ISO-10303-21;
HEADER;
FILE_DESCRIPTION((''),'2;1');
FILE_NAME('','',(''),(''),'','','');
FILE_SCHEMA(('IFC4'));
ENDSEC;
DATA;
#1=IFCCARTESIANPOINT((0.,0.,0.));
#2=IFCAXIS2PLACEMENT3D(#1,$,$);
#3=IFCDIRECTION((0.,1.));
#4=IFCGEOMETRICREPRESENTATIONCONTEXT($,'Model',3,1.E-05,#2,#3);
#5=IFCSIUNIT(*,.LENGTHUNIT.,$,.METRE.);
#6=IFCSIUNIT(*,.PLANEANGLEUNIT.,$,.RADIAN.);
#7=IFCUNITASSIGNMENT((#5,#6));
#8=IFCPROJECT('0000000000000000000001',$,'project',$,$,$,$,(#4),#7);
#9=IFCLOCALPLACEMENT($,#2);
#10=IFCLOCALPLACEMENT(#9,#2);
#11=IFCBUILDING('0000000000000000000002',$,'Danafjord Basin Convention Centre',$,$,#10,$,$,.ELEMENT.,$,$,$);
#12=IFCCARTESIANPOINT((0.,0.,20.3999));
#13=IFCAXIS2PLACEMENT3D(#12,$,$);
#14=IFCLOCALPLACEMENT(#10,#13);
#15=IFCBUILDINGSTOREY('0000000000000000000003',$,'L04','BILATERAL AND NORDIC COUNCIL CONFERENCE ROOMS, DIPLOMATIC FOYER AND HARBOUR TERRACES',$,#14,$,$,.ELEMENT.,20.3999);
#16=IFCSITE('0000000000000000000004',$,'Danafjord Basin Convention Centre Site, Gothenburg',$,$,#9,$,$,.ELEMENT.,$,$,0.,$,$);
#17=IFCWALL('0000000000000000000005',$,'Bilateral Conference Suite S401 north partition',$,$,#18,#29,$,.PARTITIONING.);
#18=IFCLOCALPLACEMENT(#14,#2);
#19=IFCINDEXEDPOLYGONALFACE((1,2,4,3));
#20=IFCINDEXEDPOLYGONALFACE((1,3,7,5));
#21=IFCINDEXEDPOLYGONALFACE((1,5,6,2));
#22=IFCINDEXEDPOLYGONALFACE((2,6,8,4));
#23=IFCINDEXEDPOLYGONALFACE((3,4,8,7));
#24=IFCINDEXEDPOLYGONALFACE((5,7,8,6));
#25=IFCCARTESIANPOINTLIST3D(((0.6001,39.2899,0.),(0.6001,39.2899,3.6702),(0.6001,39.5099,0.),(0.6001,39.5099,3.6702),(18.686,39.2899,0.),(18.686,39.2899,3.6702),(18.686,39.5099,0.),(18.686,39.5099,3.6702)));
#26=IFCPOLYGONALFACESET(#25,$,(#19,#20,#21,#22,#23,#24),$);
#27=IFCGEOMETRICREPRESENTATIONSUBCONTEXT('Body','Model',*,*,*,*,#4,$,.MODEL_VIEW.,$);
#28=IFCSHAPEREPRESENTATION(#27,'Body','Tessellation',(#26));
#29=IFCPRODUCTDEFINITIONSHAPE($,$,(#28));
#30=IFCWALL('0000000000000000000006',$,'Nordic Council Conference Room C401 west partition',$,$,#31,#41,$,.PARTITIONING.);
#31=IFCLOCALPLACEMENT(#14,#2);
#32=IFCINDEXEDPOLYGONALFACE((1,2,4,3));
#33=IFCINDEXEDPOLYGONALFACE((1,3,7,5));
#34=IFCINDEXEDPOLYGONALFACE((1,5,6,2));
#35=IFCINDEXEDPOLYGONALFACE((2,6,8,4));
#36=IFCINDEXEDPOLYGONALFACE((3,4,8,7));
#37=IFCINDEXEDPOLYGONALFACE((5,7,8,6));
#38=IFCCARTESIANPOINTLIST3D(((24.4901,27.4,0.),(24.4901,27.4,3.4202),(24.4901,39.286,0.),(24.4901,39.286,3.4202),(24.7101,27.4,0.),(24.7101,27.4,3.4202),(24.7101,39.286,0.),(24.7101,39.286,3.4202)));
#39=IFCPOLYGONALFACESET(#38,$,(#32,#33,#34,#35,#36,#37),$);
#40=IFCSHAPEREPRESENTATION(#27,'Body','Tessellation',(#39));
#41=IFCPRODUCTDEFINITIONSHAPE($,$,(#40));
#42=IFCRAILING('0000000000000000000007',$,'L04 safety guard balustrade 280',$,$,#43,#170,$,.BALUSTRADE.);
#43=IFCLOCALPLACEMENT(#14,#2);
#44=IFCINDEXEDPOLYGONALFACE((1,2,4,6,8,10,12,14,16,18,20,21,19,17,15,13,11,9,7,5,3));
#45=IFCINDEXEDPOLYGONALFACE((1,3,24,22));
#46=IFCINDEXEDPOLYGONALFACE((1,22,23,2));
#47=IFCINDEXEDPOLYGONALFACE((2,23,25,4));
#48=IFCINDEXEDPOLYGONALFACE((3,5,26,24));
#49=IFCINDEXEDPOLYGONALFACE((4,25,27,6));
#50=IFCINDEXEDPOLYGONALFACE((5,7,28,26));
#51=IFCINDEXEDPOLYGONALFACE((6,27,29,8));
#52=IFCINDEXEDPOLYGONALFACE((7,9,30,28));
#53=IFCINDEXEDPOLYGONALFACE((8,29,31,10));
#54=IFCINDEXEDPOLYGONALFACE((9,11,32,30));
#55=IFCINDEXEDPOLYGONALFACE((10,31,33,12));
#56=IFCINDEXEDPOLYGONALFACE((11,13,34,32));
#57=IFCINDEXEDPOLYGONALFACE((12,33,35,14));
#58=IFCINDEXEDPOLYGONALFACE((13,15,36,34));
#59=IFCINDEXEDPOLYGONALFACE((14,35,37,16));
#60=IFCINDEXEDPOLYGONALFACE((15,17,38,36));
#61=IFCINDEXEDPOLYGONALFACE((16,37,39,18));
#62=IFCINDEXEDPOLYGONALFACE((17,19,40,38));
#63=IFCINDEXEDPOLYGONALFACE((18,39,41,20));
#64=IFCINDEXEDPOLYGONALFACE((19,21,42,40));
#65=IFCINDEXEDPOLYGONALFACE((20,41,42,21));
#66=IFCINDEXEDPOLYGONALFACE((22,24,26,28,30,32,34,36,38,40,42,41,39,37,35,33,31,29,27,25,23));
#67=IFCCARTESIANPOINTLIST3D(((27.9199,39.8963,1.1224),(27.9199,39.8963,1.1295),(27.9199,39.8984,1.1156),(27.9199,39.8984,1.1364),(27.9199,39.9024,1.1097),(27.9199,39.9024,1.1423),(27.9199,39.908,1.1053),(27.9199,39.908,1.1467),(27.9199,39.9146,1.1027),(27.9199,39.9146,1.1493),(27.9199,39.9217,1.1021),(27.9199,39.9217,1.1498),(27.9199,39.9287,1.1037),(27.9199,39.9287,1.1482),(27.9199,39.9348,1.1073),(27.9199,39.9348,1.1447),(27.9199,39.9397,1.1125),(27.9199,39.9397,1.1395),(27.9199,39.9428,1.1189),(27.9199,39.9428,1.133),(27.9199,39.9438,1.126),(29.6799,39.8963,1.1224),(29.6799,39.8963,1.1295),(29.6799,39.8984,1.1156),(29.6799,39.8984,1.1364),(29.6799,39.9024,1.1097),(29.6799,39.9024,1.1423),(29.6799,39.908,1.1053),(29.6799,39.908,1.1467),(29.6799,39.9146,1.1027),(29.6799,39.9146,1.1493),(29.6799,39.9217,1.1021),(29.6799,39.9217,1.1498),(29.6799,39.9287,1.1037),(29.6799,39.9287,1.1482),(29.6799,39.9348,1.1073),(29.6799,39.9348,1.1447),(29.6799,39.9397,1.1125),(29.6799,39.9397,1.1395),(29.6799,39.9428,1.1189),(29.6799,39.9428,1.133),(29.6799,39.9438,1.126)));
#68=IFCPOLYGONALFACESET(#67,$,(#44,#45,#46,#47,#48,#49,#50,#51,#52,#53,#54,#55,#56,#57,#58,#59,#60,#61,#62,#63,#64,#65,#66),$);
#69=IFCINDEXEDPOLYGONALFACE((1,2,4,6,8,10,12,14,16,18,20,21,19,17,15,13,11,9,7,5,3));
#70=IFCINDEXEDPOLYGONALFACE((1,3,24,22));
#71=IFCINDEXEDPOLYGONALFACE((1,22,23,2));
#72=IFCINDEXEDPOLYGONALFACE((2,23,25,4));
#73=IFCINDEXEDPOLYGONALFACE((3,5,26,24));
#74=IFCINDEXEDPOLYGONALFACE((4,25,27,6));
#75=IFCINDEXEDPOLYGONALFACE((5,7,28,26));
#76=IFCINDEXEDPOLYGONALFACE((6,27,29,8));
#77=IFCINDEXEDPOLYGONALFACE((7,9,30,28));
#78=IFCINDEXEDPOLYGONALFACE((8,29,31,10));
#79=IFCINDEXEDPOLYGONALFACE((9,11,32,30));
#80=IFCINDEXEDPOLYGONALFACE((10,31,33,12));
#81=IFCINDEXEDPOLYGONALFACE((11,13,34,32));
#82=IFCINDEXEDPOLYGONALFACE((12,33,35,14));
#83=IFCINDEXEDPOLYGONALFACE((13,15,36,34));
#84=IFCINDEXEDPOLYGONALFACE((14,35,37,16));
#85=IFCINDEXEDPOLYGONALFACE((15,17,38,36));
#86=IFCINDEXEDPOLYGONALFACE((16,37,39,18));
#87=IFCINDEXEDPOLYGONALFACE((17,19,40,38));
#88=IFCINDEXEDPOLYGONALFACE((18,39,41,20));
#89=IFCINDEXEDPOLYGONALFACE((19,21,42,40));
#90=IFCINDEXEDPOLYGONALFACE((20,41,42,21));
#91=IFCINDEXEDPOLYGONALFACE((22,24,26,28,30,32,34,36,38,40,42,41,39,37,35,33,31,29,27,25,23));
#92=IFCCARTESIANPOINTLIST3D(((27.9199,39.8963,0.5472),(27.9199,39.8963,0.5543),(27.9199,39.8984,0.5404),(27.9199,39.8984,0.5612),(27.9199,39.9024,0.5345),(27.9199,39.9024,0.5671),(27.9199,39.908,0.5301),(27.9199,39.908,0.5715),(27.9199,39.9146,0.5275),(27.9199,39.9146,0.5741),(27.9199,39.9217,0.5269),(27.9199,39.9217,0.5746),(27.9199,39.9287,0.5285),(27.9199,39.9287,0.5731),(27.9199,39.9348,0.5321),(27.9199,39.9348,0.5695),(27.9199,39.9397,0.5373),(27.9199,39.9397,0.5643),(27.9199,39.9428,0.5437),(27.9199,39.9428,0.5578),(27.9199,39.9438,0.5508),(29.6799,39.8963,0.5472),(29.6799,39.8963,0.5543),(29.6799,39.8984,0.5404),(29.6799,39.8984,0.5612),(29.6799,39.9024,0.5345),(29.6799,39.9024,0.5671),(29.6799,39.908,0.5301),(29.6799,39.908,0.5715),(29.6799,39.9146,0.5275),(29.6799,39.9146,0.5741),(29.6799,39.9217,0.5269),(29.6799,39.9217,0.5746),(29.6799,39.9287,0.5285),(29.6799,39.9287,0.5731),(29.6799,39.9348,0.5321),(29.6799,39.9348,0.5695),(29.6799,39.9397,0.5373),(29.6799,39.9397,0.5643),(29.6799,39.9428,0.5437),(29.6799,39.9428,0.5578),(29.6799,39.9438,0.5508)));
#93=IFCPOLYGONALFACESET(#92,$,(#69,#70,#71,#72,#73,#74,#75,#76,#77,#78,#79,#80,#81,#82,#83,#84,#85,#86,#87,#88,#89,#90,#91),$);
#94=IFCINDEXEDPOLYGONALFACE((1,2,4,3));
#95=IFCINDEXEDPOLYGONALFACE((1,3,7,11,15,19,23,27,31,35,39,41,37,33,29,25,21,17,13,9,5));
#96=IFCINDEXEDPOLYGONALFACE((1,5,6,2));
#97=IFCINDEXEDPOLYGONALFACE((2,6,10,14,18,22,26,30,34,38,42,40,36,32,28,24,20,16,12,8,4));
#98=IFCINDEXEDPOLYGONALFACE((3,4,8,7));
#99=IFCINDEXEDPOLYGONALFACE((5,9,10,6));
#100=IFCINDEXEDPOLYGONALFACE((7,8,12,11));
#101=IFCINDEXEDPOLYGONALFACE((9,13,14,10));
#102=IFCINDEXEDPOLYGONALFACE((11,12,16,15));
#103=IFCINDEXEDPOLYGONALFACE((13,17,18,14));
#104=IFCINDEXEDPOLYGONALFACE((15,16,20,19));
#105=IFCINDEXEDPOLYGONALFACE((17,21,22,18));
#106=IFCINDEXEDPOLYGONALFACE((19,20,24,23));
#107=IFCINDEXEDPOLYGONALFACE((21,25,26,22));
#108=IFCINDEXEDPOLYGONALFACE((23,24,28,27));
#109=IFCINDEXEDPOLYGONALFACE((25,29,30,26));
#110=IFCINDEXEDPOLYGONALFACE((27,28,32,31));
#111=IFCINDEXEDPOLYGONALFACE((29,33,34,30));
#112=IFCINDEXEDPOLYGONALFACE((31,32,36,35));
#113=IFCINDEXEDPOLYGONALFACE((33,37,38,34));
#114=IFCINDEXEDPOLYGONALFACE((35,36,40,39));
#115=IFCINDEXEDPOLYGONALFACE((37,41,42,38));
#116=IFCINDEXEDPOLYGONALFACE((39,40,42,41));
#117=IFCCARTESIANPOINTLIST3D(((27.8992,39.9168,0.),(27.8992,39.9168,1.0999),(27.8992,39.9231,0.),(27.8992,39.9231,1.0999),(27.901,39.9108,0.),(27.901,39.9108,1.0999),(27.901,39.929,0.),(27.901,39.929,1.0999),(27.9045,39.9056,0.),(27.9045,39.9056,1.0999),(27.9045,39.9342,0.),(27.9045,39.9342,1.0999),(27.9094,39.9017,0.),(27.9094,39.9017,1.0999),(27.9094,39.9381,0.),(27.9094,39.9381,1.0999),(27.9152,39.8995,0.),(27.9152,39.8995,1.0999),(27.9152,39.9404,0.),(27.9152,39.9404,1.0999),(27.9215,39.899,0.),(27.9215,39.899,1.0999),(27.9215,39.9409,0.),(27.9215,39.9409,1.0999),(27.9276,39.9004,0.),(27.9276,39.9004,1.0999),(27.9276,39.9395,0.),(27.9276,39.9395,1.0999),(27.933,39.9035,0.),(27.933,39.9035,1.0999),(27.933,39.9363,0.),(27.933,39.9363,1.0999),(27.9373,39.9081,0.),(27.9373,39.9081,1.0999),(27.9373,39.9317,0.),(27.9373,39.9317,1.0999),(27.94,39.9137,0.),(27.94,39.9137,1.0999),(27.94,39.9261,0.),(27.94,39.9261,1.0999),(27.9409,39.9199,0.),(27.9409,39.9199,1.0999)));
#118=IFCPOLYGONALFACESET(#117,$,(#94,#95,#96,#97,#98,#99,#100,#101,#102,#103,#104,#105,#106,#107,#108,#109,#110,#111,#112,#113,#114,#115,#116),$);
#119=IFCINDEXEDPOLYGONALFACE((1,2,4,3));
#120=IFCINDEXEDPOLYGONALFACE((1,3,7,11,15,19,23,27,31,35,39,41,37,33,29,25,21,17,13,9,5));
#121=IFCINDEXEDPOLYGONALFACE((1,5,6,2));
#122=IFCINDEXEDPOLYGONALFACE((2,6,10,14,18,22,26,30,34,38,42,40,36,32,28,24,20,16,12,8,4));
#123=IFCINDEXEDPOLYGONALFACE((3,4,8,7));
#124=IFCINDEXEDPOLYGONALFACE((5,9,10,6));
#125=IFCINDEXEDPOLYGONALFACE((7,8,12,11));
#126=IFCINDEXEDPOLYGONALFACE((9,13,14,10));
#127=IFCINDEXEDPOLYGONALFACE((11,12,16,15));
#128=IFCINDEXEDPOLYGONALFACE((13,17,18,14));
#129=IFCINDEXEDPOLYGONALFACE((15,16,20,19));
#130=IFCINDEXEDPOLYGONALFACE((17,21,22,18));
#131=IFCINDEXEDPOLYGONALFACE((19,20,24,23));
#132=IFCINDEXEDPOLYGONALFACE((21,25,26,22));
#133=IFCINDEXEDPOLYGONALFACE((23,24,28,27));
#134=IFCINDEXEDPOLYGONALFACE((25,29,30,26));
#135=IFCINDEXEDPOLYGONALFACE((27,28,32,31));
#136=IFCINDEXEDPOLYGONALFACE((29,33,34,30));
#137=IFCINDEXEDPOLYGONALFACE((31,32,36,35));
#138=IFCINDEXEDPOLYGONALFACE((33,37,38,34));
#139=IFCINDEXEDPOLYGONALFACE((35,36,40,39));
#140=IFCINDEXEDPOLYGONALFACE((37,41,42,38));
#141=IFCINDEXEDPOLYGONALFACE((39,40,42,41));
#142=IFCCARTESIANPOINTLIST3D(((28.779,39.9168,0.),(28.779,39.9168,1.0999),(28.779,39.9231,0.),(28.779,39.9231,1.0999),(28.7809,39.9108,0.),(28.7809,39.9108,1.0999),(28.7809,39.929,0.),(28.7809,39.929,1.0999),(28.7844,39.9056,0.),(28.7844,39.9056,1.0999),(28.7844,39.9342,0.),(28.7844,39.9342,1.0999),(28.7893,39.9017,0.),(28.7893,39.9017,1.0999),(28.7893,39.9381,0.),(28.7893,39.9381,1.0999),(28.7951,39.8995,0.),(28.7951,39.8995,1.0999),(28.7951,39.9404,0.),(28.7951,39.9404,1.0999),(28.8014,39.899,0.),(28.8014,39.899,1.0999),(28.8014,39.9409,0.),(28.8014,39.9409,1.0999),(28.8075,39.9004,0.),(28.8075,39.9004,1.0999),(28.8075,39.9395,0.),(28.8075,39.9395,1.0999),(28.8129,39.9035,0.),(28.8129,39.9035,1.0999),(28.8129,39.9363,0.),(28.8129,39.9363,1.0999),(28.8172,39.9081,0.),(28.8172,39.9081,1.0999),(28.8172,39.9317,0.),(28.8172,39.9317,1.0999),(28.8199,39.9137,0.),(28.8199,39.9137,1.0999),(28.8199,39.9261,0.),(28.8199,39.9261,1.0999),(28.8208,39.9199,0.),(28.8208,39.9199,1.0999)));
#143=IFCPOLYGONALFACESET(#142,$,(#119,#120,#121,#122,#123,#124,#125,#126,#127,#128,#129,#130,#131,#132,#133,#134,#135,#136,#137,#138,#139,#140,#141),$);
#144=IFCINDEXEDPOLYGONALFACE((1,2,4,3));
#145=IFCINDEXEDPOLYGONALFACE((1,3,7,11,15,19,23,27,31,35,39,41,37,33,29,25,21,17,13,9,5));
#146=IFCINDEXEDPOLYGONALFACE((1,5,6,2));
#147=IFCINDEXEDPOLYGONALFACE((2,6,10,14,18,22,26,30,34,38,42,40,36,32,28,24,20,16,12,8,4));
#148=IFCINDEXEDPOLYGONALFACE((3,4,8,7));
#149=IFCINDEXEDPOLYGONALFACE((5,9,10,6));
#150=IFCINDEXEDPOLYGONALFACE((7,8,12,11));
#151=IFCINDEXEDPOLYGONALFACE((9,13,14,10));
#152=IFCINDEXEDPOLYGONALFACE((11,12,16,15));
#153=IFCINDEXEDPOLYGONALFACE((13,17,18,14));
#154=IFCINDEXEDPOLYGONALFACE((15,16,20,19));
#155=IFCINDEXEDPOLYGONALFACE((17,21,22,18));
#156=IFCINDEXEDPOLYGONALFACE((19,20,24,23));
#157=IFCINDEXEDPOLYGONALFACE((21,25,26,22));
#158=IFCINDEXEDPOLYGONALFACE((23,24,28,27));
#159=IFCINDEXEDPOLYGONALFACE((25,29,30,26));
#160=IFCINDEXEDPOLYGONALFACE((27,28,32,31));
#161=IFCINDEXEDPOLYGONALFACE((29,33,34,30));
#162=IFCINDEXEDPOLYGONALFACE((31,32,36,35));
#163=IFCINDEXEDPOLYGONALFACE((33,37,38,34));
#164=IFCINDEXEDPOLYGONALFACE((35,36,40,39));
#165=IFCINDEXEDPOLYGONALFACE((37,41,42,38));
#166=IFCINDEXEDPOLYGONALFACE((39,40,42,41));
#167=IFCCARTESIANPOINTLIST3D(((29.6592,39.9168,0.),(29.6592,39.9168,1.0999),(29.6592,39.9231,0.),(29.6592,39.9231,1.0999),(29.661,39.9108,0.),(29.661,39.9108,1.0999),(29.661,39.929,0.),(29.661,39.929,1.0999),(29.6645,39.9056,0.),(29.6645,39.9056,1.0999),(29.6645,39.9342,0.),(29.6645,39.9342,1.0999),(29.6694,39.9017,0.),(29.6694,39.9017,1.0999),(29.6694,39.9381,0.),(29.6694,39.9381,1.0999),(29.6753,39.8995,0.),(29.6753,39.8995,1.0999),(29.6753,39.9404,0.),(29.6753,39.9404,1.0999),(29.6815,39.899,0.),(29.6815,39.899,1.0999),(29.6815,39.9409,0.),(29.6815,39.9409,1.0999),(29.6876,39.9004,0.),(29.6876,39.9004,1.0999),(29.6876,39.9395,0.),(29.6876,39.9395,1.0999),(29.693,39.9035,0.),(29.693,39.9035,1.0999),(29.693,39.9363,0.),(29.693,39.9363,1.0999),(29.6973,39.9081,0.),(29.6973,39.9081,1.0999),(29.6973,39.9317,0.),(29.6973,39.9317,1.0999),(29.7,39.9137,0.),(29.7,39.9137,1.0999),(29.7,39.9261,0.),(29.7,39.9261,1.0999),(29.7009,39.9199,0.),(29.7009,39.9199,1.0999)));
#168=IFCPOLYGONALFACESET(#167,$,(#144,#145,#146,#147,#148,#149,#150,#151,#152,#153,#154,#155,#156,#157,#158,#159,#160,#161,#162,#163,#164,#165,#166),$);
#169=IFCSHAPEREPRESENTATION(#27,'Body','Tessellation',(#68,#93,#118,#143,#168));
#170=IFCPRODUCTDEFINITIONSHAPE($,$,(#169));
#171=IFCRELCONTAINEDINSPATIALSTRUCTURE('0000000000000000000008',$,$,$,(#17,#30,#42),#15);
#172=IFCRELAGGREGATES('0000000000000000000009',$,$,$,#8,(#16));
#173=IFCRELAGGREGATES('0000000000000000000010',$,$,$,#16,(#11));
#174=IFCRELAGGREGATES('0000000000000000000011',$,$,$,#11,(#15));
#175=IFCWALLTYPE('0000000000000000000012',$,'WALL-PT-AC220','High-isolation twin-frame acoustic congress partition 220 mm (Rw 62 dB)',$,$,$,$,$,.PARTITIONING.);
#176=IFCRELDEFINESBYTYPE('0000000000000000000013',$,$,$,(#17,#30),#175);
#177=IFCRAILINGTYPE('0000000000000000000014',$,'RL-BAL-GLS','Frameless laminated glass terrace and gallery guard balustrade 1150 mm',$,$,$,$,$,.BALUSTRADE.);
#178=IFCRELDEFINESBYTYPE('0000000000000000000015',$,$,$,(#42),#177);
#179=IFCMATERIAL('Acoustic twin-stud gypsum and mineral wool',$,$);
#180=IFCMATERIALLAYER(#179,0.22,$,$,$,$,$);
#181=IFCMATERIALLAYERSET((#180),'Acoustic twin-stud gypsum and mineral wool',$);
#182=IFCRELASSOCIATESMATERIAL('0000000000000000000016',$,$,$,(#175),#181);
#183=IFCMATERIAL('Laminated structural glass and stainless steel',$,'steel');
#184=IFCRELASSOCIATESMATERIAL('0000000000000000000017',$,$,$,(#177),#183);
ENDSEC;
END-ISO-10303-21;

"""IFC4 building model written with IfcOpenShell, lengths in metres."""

from ifc_helpers import new_model, si_unit, direction, frame, frame_2d, origin, origin_2d, place, context, subcontext, project, spatial, rectangle, circle, extrude, material, layer, layer_set, type_object, element, save


model = new_model("IFC4")

# Units and contexts
model_context = context("Model", 3, precision=1e-05, world=origin(), true_north=direction((0.0, 1.0)))
body_context = subcontext(model_context, "Body", "Model", "MODEL_VIEW")
ifc_project = project(units=[si_unit("LENGTHUNIT", "METRE"), si_unit("PLANEANGLEUNIT", "RADIAN")], contexts=[model_context])

# Site, building, storey
site_placement = place(None, origin())
site = spatial("IfcSite", under=ifc_project, at=site_placement, Name="Danafjord Basin Convention Centre Site, Gothenburg", CompositionType="ELEMENT", RefElevation=0.0)
building_placement = place(site_placement, origin())
building = spatial("IfcBuilding", under=site, at=building_placement, Name="Danafjord Basin Convention Centre", CompositionType="ELEMENT")
storey_placement = place(building_placement, frame((0.0, 0.0, 20.3999)))
storey = spatial("IfcBuildingStorey", under=building, at=storey_placement, Name="L04", Description="BILATERAL AND NORDIC COUNCIL CONFERENCE ROOMS, DIPLOMATIC FOYER AND HARBOUR TERRACES", CompositionType="ELEMENT", Elevation=20.3999)

# Walls
ifc_material_1 = material(Name="Acoustic twin-stud gypsum and mineral wool")
ifc_layer_1 = layer(ifc_material_1, 0.22)
ifc_layer_set_1 = layer_set([ifc_layer_1], Name="Acoustic twin-stud gypsum and mineral wool")
wall_type = type_object("IfcWallType", Name="WALL-PT-AC220", Description="High-isolation twin-frame acoustic congress partition 220 mm (Rw 62 dB)", PredefinedType="PARTITIONING", material=ifc_layer_set_1)
wall_1_placement = place(storey_placement, frame((18.686, 39.3999, 0.0), z_axis=(0.0, 0.0, 1.0), x_axis=(-1.0, 0.0, 0.0)))
element("IfcWall", 1, at=wall_1_placement, inside=storey, type_object=wall_type, Name="Bilateral Conference Suite S401 north partition", PredefinedType="PARTITIONING", context=body_context, shape_type="SweptSolid", body=[
    extrude(rectangle(XDim=18.0859, YDim=0.22, at=frame_2d((9.043, 0.0))), origin(), (0.0, 0.0, 1.0), 3.6702),
])
wall_2_placement = place(storey_placement, frame((24.6001, 39.2859, 0.0), z_axis=(0.0, 0.0, 1.0), x_axis=(0.0, -1.0, 0.0)))
element("IfcWall", 2, at=wall_2_placement, inside=storey, type_object=wall_type, Name="Nordic Council Conference Room C401 west partition", PredefinedType="PARTITIONING", context=body_context, shape_type="SweptSolid", body=[
    extrude(rectangle(XDim=11.886, YDim=0.22, at=frame_2d((5.9429, 0.0))), origin(), (0.0, 0.0, 1.0), 3.4202),
])

# Railing
ifc_material_2 = material(Name="Laminated structural glass and stainless steel", Category="steel")
railing_type = type_object("IfcRailingType", Name="RL-BAL-GLS", Description="Frameless laminated glass terrace and gallery guard balustrade 1150 mm", PredefinedType="BALUSTRADE", material=ifc_material_2)
railing_placement = place(storey_placement, frame((27.9199, 39.9199, 0.0)))
element("IfcRailing", 3, at=railing_placement, inside=storey, type_object=railing_type, Name="L04 safety guard balustrade 280", PredefinedType="BALUSTRADE", context=body_context, shape_type="SweptSolid", body=[
    extrude(circle(Radius=0.0239, at=origin_2d()), frame((0.0, 0.0, 1.126), z_axis=(1.0, 0.0, 0.0), x_axis=(0.0, 1.0, 0.0)), (0.0, 0.0, 1.0), 1.76),
    extrude(circle(Radius=0.0239, at=origin_2d()), frame((0.0, 0.0, 0.5508), z_axis=(1.0, 0.0, 0.0), x_axis=(0.0, 1.0, 0.0)), (0.0, 0.0, 1.0), 1.76),
    extrude(circle(Radius=0.021, at=origin_2d()), origin(), (0.0, 0.0, 1.0), 1.0999),
    extrude(circle(Radius=0.021, at=origin_2d()), frame((0.8799, 0.0, 0.0)), (0.0, 0.0, 1.0), 1.0999),
    extrude(circle(Radius=0.021, at=origin_2d()), frame((1.76, 0.0, 0.0)), (0.0, 0.0, 1.0), 1.0999),
])

save(model, "model.ifc")
